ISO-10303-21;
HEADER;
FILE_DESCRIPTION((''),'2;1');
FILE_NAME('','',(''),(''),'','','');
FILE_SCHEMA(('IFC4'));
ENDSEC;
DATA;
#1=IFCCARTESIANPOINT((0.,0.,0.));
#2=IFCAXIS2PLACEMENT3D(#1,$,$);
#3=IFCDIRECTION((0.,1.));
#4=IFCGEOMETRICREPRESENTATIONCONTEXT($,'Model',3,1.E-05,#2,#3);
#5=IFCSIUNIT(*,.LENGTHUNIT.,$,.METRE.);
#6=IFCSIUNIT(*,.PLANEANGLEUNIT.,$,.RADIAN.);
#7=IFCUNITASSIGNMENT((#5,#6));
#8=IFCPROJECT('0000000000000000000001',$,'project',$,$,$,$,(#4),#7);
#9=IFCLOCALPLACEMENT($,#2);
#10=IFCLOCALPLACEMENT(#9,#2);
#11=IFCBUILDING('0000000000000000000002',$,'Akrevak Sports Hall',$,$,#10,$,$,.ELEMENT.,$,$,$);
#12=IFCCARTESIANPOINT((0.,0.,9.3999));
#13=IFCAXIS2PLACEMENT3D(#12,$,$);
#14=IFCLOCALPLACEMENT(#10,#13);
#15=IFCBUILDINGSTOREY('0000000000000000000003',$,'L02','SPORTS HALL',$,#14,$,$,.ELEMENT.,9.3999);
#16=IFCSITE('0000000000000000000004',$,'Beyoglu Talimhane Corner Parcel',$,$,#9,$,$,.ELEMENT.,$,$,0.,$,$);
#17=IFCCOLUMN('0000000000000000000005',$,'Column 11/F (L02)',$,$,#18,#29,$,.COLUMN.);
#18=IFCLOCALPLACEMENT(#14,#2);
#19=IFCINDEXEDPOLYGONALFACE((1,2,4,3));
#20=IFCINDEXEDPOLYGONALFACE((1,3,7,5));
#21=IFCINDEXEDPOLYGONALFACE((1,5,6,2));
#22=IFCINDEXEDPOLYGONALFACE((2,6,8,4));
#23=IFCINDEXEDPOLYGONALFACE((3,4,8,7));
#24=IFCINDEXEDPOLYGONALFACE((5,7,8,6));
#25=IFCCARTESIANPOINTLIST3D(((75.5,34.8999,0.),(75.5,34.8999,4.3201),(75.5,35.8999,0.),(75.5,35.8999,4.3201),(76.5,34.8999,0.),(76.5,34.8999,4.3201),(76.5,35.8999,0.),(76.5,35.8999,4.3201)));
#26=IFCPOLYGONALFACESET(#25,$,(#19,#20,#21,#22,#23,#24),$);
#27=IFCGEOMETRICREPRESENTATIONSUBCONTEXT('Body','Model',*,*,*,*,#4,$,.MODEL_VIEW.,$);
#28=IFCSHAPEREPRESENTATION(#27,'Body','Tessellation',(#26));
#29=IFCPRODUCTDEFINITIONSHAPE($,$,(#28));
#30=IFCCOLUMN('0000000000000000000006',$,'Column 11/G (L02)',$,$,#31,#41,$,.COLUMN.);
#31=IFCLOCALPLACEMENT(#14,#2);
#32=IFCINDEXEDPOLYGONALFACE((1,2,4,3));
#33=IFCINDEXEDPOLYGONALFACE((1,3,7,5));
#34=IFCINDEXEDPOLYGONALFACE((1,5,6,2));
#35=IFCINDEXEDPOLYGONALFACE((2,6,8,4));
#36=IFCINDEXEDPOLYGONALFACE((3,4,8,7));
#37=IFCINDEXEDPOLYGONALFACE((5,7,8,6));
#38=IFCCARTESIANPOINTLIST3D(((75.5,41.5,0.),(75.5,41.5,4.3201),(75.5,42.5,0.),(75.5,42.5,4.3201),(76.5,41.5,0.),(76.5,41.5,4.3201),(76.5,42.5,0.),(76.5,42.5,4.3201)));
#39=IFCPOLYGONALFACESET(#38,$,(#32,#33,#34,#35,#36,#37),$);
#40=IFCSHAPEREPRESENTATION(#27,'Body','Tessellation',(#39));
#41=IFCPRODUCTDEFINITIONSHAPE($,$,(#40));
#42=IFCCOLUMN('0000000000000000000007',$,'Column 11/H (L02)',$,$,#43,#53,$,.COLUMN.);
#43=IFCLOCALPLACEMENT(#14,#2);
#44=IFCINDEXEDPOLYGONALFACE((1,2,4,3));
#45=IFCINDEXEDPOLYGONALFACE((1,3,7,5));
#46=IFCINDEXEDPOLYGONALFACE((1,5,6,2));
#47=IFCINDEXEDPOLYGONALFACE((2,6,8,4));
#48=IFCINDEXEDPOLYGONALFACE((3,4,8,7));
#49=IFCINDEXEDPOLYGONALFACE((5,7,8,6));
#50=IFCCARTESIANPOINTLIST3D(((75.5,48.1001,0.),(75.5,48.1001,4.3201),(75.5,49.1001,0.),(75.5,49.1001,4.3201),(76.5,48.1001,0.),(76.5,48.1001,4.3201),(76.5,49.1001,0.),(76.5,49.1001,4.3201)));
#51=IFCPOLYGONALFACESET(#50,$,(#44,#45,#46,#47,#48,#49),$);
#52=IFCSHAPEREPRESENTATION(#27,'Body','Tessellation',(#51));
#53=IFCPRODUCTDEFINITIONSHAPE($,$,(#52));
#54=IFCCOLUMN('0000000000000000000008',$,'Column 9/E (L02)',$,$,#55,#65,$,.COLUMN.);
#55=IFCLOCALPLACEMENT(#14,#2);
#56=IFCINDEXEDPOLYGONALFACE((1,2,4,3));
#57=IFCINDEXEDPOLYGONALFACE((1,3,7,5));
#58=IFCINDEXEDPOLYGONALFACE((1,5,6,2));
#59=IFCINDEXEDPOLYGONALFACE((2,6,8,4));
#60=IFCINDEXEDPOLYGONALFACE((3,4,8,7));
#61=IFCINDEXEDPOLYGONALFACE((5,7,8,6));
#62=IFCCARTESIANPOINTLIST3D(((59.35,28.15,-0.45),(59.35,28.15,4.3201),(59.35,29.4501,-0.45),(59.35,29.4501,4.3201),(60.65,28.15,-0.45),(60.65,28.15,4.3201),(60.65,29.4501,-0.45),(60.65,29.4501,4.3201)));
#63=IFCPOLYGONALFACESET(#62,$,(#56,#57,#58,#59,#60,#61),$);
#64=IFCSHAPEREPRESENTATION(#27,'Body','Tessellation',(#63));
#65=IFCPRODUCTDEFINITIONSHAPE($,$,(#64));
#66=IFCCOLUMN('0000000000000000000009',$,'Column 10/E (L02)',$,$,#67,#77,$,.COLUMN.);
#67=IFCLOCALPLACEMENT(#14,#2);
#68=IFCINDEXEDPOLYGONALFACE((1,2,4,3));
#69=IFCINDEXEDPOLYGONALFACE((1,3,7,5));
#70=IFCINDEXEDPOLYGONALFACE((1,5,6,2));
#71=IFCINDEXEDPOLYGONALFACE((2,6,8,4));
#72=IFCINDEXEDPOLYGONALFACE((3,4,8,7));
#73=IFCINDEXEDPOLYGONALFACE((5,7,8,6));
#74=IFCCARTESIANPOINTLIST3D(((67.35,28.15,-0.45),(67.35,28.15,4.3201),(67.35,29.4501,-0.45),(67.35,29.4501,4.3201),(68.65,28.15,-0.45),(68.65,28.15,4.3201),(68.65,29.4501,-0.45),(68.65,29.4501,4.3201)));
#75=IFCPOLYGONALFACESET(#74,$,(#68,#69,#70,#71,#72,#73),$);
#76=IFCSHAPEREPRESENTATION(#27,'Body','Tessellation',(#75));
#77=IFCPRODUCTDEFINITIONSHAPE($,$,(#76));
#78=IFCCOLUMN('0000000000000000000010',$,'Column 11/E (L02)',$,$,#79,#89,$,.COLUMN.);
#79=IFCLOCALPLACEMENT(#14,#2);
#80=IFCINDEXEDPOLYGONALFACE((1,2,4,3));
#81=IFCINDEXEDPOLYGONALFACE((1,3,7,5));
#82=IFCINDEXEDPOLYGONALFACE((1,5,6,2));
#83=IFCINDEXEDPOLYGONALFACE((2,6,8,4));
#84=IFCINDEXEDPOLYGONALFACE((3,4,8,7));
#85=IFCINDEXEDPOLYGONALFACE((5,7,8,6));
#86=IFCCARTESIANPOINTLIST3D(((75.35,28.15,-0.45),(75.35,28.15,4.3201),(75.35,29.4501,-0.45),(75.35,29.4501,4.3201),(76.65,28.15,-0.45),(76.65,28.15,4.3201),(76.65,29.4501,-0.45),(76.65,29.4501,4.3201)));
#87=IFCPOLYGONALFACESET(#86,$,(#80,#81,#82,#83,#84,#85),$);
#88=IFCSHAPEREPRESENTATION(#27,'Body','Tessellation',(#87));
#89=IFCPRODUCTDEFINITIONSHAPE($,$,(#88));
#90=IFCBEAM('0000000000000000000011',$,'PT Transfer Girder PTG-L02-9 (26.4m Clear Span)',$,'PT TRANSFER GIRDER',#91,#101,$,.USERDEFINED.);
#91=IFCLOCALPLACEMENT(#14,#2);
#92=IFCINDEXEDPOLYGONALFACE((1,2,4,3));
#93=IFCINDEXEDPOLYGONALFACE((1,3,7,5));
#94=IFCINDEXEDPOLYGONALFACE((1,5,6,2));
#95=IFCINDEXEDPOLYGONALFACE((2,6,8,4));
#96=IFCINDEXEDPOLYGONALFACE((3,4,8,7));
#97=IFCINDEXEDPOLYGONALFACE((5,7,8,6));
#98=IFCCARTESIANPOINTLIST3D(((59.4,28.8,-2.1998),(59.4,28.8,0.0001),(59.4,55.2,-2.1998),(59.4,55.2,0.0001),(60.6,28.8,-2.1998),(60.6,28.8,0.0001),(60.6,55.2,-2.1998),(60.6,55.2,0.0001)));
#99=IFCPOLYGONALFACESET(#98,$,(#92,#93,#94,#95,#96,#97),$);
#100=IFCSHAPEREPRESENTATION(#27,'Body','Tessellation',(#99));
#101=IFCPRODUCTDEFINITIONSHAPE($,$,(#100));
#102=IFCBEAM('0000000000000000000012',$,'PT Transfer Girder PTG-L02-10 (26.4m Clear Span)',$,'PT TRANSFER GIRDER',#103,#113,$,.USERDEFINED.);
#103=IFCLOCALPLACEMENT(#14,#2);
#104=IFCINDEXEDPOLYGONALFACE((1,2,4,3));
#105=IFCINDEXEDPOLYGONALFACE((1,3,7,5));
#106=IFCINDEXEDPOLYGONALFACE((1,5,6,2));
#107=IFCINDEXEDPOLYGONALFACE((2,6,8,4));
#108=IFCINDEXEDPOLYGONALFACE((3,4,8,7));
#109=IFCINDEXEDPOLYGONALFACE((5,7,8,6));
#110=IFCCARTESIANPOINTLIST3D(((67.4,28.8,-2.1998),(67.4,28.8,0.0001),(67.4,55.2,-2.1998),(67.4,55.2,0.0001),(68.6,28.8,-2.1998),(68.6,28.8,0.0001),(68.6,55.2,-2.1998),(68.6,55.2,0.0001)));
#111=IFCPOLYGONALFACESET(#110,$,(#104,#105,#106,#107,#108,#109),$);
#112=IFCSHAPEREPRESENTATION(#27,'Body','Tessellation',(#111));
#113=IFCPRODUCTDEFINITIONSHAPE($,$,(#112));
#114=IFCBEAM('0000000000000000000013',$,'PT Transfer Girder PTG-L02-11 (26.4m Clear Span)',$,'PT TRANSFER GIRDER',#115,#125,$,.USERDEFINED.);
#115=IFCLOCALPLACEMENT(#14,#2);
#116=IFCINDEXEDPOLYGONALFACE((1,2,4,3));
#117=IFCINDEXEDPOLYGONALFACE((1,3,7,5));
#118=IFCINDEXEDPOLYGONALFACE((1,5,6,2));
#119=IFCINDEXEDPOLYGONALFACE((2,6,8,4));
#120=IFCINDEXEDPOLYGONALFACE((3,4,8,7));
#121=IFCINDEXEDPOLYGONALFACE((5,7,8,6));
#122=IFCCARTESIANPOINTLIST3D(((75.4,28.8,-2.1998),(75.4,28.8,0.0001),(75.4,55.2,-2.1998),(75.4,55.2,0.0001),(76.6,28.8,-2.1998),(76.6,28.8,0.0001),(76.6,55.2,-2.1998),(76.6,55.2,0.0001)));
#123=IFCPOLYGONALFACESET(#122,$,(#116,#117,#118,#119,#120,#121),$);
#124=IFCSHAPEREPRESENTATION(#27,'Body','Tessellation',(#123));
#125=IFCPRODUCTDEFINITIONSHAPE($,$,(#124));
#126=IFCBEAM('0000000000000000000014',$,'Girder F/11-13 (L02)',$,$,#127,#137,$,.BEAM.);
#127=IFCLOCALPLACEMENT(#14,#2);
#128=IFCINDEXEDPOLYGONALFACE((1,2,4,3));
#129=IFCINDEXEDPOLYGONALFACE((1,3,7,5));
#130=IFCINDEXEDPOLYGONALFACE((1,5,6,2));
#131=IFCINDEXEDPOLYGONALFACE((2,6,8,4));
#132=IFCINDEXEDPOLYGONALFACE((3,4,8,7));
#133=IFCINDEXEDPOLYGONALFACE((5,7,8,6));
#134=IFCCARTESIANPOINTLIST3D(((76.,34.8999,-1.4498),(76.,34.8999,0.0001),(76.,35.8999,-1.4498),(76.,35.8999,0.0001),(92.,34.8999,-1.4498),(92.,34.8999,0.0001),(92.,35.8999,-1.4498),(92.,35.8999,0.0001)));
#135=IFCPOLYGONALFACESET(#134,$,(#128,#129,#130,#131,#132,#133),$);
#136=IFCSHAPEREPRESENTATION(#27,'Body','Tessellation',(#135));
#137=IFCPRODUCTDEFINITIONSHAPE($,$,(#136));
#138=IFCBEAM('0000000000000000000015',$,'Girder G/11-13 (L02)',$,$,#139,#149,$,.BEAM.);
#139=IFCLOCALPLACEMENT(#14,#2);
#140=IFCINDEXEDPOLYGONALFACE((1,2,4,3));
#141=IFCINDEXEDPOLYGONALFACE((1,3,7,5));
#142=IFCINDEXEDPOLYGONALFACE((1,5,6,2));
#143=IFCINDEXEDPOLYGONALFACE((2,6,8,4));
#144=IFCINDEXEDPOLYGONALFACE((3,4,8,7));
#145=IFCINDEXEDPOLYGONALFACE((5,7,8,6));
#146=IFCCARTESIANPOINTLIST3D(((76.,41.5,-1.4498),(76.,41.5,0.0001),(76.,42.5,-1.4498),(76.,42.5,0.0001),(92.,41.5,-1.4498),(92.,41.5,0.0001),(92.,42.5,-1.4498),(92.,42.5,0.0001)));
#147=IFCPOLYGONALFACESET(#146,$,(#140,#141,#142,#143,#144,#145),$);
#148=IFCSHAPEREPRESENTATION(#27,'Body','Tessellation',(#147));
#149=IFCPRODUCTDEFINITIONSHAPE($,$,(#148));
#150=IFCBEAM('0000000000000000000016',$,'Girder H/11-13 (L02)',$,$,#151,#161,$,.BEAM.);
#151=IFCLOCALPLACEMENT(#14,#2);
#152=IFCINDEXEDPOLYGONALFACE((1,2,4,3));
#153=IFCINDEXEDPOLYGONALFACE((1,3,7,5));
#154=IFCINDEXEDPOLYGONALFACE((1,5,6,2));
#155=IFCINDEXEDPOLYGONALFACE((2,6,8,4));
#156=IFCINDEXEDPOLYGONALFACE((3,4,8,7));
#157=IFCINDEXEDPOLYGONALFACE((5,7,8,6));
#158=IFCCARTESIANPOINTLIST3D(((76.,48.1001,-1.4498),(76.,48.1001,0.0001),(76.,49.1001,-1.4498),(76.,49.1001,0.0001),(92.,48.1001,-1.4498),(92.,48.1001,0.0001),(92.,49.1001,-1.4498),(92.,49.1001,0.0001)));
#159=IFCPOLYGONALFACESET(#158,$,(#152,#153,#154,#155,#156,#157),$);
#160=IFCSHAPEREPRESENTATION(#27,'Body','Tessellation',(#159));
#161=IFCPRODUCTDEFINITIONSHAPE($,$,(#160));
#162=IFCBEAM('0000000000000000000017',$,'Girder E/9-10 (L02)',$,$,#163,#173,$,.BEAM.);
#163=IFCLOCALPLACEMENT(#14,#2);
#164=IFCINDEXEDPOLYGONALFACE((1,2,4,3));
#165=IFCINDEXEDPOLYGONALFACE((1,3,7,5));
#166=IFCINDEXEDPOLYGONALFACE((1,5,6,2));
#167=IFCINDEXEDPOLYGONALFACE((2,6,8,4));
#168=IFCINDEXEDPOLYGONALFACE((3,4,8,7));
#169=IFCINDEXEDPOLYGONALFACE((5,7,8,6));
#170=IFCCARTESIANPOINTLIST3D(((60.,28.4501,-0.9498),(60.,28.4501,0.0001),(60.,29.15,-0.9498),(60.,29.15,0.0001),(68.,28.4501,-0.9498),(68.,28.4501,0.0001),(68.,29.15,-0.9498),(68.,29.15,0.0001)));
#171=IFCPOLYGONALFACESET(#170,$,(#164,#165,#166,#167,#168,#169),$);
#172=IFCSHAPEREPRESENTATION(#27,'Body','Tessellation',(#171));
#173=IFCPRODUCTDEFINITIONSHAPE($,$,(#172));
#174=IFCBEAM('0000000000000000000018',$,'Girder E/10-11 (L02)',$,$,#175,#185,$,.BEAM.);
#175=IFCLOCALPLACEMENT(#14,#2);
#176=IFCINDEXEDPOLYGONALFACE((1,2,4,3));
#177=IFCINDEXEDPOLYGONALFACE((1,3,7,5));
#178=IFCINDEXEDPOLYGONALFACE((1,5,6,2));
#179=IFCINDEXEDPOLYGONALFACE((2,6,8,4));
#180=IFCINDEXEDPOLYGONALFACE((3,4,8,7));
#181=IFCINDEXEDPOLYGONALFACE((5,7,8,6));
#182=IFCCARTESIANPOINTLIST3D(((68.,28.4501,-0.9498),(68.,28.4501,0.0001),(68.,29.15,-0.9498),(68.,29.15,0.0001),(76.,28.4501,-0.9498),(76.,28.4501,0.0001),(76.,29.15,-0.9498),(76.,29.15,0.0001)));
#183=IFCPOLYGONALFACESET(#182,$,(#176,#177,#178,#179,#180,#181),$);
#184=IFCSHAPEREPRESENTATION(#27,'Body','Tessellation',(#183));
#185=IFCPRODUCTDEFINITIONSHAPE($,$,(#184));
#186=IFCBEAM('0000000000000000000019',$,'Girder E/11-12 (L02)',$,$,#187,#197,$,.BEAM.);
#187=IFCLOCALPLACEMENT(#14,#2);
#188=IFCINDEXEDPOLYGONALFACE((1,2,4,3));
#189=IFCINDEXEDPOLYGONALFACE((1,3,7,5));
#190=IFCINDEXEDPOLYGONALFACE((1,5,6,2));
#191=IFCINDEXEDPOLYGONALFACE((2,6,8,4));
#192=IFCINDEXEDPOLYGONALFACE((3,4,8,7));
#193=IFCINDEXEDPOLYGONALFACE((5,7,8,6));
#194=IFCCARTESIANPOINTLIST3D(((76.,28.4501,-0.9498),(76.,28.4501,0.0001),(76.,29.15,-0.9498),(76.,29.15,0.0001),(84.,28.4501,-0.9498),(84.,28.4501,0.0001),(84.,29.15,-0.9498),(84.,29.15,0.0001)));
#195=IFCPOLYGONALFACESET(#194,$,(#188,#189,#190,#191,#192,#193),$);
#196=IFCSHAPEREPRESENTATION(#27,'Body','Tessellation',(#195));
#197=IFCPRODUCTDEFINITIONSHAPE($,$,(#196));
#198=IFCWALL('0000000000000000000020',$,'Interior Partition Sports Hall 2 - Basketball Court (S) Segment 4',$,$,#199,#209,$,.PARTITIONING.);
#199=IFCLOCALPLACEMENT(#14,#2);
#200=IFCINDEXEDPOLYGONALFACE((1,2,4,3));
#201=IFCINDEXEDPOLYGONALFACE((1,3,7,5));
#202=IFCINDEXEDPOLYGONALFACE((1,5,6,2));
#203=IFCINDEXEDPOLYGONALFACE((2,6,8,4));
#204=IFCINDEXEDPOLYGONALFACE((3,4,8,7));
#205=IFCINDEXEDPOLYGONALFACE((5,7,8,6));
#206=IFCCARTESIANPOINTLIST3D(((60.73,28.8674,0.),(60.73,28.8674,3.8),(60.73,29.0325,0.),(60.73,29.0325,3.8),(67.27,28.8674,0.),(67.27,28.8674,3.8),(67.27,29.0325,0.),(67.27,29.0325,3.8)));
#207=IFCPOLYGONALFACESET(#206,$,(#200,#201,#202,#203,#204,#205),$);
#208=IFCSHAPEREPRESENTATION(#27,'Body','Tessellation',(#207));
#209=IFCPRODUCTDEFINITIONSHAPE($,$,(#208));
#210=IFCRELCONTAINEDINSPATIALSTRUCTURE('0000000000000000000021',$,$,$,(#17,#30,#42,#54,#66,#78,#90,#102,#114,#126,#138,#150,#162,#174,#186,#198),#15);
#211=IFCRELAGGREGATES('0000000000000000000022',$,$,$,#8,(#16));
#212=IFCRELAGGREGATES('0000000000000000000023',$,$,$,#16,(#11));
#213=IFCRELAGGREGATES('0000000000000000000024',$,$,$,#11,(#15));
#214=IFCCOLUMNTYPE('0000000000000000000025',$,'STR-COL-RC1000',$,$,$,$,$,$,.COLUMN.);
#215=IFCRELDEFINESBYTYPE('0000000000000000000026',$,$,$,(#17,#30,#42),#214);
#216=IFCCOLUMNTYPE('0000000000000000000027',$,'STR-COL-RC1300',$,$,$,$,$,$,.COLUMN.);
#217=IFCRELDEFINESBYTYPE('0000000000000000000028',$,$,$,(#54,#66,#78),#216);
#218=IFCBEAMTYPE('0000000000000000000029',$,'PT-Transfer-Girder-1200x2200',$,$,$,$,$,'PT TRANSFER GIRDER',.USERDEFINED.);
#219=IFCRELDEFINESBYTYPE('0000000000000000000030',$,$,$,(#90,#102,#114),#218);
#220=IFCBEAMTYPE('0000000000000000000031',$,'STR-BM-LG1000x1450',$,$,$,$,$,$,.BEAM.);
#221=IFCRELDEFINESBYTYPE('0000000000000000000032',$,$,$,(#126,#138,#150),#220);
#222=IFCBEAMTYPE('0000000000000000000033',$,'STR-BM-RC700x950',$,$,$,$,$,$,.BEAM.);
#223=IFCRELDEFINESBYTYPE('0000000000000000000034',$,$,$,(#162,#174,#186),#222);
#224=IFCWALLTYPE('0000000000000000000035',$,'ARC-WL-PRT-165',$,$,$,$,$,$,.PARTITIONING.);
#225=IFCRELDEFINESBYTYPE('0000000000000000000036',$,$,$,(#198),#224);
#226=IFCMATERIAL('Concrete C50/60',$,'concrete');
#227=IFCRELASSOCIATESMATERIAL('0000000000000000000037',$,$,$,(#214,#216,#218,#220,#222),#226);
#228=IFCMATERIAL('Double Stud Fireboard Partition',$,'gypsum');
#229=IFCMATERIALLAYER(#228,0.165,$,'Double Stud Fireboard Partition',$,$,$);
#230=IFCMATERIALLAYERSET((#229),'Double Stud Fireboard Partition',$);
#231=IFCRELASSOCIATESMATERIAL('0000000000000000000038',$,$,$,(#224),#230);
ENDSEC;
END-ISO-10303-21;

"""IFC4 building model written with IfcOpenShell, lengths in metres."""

from ifc_helpers import new_model, si_unit, direction, frame, frame_2d, origin, origin_2d, place, context, subcontext, project, spatial, rectangle, extrude, material, layer, layer_set, material_profile, profile_set, type_object, element, save


model = new_model("IFC4")

# Units and contexts
model_context = context("Model", 3, precision=1e-05, world=origin(), true_north=direction((0.0, 1.0)))
body_context = subcontext(model_context, "Body", "Model", "MODEL_VIEW")
ifc_project = project(units=[si_unit("LENGTHUNIT", "METRE"), si_unit("PLANEANGLEUNIT", "RADIAN")], contexts=[model_context])

# Site, building, storey
site_placement = place(None, origin())
site = spatial("IfcSite", under=ifc_project, at=site_placement, Name="Beyoglu Talimhane Corner Parcel", CompositionType="ELEMENT", RefElevation=0.0)
building_placement = place(site_placement, origin())
building = spatial("IfcBuilding", under=site, at=building_placement, Name="Akrevak Sports Hall", CompositionType="ELEMENT")
storey_placement = place(building_placement, frame((0.0, 0.0, 9.3999)))
storey = spatial("IfcBuildingStorey", under=building, at=storey_placement, Name="L02", Description="SPORTS HALL", CompositionType="ELEMENT", Elevation=9.3999)

# Columns
ifc_material_1 = material(Name="Concrete C50/60", Category="concrete")
ifc_material_profile_1 = material_profile(ifc_material_1, rectangle(XDim=1.0, YDim=1.0, at=origin_2d()), Name="RC 1000x1000", Category="concrete")
ifc_profile_set_1 = profile_set([ifc_material_profile_1], Name="Concrete C50/60")
column_type_1 = type_object("IfcColumnType", Name="STR-COL-RC1000", PredefinedType="COLUMN", material=ifc_profile_set_1)
for number, where, z_axis, x_axis, name in (
    (1, (76.0, 35.3999, 0.0), (0.0, 0.0, 1.0), (1.0, 0.0, 0.0), "Column 11/F (L02)"),
    (2, (76.0, 42.0, 0.0), (0.0, 0.0, 1.0), (1.0, 0.0, 0.0), "Column 11/G (L02)"),
    (3, (76.0, 48.6001, 0.0), (0.0, 0.0, 1.0), (1.0, 0.0, 0.0), "Column 11/H (L02)"),
):
    element("IfcColumn", number, at=place(storey_placement, frame(where, z_axis=z_axis, x_axis=x_axis)), inside=storey, type_object=column_type_1, Name=name, PredefinedType="COLUMN", context=body_context, shape_type="SweptSolid", body=[
        extrude(rectangle(XDim=1.0, YDim=1.0, at=origin_2d()), origin(), (0.0, 0.0, 1.0), 4.3201),
    ])
ifc_material_profile_2 = material_profile(ifc_material_1, rectangle(XDim=1.3, YDim=1.3, at=origin_2d()), Name="RC 1300x1300", Category="concrete")
ifc_profile_set_2 = profile_set([ifc_material_profile_2], Name="Concrete C50/60")
column_type_2 = type_object("IfcColumnType", Name="STR-COL-RC1300", PredefinedType="COLUMN", material=ifc_profile_set_2)
for number, where, z_axis, x_axis, name in (
    (4, (60.0, 28.8, -0.45), (0.0, 0.0, 1.0), (1.0, 0.0, 0.0), "Column 9/E (L02)"),
    (5, (68.0, 28.8, -0.45), (0.0, 0.0, 1.0), (1.0, 0.0, 0.0), "Column 10/E (L02)"),
    (6, (76.0, 28.8, -0.45), (0.0, 0.0, 1.0), (1.0, 0.0, 0.0), "Column 11/E (L02)"),
):
    element("IfcColumn", number, at=place(storey_placement, frame(where, z_axis=z_axis, x_axis=x_axis)), inside=storey, type_object=column_type_2, Name=name, PredefinedType="COLUMN", context=body_context, shape_type="SweptSolid", body=[
        extrude(rectangle(XDim=1.3, YDim=1.3, at=origin_2d()), origin(), (0.0, 0.0, 1.0), 4.77),
    ])

# Beams
ifc_material_profile_3 = material_profile(ifc_material_1, rectangle(XDim=1.2, YDim=2.2, at=origin_2d()), Name="PTG 1200x2200", Category="concrete")
ifc_profile_set_3 = profile_set([ifc_material_profile_3], Name="Concrete C50/60")
beam_type_1 = type_object("IfcBeamType", Name="PT-Transfer-Girder-1200x2200", ElementType="PT TRANSFER GIRDER", PredefinedType="USERDEFINED", material=ifc_profile_set_3)
for number, where, z_axis, x_axis, name in (
    (7, (60.0, 28.8, -1.0999), (0.0, 1.0, 0.0), (-1.0, 0.0, 0.0), "PT Transfer Girder PTG-L02-9 (26.4m Clear Span)"),
    (8, (68.0, 28.8, -1.0999), (0.0, 1.0, 0.0), (-1.0, 0.0, 0.0), "PT Transfer Girder PTG-L02-10 (26.4m Clear Span)"),
    (9, (76.0, 28.8, -1.0999), (0.0, 1.0, 0.0), (-1.0, 0.0, 0.0), "PT Transfer Girder PTG-L02-11 (26.4m Clear Span)"),
):
    element("IfcBeam", number, at=place(storey_placement, frame(where, z_axis=z_axis, x_axis=x_axis)), inside=storey, type_object=beam_type_1, Name=name, ObjectType="PT TRANSFER GIRDER", PredefinedType="USERDEFINED", context=body_context, shape_type="SweptSolid", body=[
        extrude(rectangle(XDim=1.2, YDim=2.2, at=origin_2d()), origin(), (0.0, 0.0, 1.0), 26.3999),
    ])
ifc_material_profile_4 = material_profile(ifc_material_1, rectangle(XDim=1.0, YDim=1.45, at=origin_2d()), Name="BM 1000x1450", Category="concrete")
ifc_profile_set_4 = profile_set([ifc_material_profile_4], Name="Concrete C50/60")
beam_type_2 = type_object("IfcBeamType", Name="STR-BM-LG1000x1450", PredefinedType="BEAM", material=ifc_profile_set_4)
for number, where, z_axis, x_axis, name in (
    (10, (76.0, 35.3999, -0.7249), (1.0, 0.0, 0.0), (0.0, 1.0, 0.0), "Girder F/11-13 (L02)"),
    (11, (76.0, 42.0, -0.7249), (1.0, 0.0, 0.0), (0.0, 1.0, 0.0), "Girder G/11-13 (L02)"),
    (12, (76.0, 48.6001, -0.7249), (1.0, 0.0, 0.0), (0.0, 1.0, 0.0), "Girder H/11-13 (L02)"),
):
    element("IfcBeam", number, at=place(storey_placement, frame(where, z_axis=z_axis, x_axis=x_axis)), inside=storey, type_object=beam_type_2, Name=name, PredefinedType="BEAM", context=body_context, shape_type="SweptSolid", body=[
        extrude(rectangle(XDim=1.0, YDim=1.45, at=origin_2d()), origin(), (0.0, 0.0, 1.0), 16.0),
    ])
ifc_material_profile_5 = material_profile(ifc_material_1, rectangle(XDim=0.7, YDim=0.95, at=origin_2d()), Name="BM 700x950", Category="concrete")
ifc_profile_set_5 = profile_set([ifc_material_profile_5], Name="Concrete C50/60")
beam_type_3 = type_object("IfcBeamType", Name="STR-BM-RC700x950", PredefinedType="BEAM", material=ifc_profile_set_5)
for number, where, z_axis, x_axis, name in (
    (13, (60.0, 28.8, -0.4749), (1.0, 0.0, 0.0), (0.0, 1.0, 0.0), "Girder E/9-10 (L02)"),
    (14, (68.0, 28.8, -0.4749), (1.0, 0.0, 0.0), (0.0, 1.0, 0.0), "Girder E/10-11 (L02)"),
    (15, (76.0, 28.8, -0.4749), (1.0, 0.0, 0.0), (0.0, 1.0, 0.0), "Girder E/11-12 (L02)"),
):
    element("IfcBeam", number, at=place(storey_placement, frame(where, z_axis=z_axis, x_axis=x_axis)), inside=storey, type_object=beam_type_3, Name=name, PredefinedType="BEAM", context=body_context, shape_type="SweptSolid", body=[
        extrude(rectangle(XDim=0.7, YDim=0.95, at=origin_2d()), origin(), (0.0, 0.0, 1.0), 8.0),
    ])

# Wall
ifc_material_2 = material(Name="Double Stud Fireboard Partition", Category="gypsum")
ifc_layer_1 = layer(ifc_material_2, 0.165, Name="Double Stud Fireboard Partition")
ifc_layer_set_1 = layer_set([ifc_layer_1], Name="Double Stud Fireboard Partition")
wall_type = type_object("IfcWallType", Name="ARC-WL-PRT-165", PredefinedType="PARTITIONING", material=ifc_layer_set_1)
wall_1_placement = place(storey_placement, frame((60.73, 28.95, 0.0), z_axis=(0.0, 0.0, 1.0), x_axis=(1.0, 0.0, 0.0)))
element("IfcWall", 16, at=wall_1_placement, inside=storey, type_object=wall_type, Name="Interior Partition Sports Hall 2 - Basketball Court (S) Segment 4", PredefinedType="PARTITIONING", context=body_context, shape_type="SweptSolid", body=[
    extrude(rectangle(XDim=6.54, YDim=0.165, at=frame_2d((3.27, 0.0))), origin(), (0.0, 0.0, 1.0), 3.8),
])

save(model, "model.ifc")
